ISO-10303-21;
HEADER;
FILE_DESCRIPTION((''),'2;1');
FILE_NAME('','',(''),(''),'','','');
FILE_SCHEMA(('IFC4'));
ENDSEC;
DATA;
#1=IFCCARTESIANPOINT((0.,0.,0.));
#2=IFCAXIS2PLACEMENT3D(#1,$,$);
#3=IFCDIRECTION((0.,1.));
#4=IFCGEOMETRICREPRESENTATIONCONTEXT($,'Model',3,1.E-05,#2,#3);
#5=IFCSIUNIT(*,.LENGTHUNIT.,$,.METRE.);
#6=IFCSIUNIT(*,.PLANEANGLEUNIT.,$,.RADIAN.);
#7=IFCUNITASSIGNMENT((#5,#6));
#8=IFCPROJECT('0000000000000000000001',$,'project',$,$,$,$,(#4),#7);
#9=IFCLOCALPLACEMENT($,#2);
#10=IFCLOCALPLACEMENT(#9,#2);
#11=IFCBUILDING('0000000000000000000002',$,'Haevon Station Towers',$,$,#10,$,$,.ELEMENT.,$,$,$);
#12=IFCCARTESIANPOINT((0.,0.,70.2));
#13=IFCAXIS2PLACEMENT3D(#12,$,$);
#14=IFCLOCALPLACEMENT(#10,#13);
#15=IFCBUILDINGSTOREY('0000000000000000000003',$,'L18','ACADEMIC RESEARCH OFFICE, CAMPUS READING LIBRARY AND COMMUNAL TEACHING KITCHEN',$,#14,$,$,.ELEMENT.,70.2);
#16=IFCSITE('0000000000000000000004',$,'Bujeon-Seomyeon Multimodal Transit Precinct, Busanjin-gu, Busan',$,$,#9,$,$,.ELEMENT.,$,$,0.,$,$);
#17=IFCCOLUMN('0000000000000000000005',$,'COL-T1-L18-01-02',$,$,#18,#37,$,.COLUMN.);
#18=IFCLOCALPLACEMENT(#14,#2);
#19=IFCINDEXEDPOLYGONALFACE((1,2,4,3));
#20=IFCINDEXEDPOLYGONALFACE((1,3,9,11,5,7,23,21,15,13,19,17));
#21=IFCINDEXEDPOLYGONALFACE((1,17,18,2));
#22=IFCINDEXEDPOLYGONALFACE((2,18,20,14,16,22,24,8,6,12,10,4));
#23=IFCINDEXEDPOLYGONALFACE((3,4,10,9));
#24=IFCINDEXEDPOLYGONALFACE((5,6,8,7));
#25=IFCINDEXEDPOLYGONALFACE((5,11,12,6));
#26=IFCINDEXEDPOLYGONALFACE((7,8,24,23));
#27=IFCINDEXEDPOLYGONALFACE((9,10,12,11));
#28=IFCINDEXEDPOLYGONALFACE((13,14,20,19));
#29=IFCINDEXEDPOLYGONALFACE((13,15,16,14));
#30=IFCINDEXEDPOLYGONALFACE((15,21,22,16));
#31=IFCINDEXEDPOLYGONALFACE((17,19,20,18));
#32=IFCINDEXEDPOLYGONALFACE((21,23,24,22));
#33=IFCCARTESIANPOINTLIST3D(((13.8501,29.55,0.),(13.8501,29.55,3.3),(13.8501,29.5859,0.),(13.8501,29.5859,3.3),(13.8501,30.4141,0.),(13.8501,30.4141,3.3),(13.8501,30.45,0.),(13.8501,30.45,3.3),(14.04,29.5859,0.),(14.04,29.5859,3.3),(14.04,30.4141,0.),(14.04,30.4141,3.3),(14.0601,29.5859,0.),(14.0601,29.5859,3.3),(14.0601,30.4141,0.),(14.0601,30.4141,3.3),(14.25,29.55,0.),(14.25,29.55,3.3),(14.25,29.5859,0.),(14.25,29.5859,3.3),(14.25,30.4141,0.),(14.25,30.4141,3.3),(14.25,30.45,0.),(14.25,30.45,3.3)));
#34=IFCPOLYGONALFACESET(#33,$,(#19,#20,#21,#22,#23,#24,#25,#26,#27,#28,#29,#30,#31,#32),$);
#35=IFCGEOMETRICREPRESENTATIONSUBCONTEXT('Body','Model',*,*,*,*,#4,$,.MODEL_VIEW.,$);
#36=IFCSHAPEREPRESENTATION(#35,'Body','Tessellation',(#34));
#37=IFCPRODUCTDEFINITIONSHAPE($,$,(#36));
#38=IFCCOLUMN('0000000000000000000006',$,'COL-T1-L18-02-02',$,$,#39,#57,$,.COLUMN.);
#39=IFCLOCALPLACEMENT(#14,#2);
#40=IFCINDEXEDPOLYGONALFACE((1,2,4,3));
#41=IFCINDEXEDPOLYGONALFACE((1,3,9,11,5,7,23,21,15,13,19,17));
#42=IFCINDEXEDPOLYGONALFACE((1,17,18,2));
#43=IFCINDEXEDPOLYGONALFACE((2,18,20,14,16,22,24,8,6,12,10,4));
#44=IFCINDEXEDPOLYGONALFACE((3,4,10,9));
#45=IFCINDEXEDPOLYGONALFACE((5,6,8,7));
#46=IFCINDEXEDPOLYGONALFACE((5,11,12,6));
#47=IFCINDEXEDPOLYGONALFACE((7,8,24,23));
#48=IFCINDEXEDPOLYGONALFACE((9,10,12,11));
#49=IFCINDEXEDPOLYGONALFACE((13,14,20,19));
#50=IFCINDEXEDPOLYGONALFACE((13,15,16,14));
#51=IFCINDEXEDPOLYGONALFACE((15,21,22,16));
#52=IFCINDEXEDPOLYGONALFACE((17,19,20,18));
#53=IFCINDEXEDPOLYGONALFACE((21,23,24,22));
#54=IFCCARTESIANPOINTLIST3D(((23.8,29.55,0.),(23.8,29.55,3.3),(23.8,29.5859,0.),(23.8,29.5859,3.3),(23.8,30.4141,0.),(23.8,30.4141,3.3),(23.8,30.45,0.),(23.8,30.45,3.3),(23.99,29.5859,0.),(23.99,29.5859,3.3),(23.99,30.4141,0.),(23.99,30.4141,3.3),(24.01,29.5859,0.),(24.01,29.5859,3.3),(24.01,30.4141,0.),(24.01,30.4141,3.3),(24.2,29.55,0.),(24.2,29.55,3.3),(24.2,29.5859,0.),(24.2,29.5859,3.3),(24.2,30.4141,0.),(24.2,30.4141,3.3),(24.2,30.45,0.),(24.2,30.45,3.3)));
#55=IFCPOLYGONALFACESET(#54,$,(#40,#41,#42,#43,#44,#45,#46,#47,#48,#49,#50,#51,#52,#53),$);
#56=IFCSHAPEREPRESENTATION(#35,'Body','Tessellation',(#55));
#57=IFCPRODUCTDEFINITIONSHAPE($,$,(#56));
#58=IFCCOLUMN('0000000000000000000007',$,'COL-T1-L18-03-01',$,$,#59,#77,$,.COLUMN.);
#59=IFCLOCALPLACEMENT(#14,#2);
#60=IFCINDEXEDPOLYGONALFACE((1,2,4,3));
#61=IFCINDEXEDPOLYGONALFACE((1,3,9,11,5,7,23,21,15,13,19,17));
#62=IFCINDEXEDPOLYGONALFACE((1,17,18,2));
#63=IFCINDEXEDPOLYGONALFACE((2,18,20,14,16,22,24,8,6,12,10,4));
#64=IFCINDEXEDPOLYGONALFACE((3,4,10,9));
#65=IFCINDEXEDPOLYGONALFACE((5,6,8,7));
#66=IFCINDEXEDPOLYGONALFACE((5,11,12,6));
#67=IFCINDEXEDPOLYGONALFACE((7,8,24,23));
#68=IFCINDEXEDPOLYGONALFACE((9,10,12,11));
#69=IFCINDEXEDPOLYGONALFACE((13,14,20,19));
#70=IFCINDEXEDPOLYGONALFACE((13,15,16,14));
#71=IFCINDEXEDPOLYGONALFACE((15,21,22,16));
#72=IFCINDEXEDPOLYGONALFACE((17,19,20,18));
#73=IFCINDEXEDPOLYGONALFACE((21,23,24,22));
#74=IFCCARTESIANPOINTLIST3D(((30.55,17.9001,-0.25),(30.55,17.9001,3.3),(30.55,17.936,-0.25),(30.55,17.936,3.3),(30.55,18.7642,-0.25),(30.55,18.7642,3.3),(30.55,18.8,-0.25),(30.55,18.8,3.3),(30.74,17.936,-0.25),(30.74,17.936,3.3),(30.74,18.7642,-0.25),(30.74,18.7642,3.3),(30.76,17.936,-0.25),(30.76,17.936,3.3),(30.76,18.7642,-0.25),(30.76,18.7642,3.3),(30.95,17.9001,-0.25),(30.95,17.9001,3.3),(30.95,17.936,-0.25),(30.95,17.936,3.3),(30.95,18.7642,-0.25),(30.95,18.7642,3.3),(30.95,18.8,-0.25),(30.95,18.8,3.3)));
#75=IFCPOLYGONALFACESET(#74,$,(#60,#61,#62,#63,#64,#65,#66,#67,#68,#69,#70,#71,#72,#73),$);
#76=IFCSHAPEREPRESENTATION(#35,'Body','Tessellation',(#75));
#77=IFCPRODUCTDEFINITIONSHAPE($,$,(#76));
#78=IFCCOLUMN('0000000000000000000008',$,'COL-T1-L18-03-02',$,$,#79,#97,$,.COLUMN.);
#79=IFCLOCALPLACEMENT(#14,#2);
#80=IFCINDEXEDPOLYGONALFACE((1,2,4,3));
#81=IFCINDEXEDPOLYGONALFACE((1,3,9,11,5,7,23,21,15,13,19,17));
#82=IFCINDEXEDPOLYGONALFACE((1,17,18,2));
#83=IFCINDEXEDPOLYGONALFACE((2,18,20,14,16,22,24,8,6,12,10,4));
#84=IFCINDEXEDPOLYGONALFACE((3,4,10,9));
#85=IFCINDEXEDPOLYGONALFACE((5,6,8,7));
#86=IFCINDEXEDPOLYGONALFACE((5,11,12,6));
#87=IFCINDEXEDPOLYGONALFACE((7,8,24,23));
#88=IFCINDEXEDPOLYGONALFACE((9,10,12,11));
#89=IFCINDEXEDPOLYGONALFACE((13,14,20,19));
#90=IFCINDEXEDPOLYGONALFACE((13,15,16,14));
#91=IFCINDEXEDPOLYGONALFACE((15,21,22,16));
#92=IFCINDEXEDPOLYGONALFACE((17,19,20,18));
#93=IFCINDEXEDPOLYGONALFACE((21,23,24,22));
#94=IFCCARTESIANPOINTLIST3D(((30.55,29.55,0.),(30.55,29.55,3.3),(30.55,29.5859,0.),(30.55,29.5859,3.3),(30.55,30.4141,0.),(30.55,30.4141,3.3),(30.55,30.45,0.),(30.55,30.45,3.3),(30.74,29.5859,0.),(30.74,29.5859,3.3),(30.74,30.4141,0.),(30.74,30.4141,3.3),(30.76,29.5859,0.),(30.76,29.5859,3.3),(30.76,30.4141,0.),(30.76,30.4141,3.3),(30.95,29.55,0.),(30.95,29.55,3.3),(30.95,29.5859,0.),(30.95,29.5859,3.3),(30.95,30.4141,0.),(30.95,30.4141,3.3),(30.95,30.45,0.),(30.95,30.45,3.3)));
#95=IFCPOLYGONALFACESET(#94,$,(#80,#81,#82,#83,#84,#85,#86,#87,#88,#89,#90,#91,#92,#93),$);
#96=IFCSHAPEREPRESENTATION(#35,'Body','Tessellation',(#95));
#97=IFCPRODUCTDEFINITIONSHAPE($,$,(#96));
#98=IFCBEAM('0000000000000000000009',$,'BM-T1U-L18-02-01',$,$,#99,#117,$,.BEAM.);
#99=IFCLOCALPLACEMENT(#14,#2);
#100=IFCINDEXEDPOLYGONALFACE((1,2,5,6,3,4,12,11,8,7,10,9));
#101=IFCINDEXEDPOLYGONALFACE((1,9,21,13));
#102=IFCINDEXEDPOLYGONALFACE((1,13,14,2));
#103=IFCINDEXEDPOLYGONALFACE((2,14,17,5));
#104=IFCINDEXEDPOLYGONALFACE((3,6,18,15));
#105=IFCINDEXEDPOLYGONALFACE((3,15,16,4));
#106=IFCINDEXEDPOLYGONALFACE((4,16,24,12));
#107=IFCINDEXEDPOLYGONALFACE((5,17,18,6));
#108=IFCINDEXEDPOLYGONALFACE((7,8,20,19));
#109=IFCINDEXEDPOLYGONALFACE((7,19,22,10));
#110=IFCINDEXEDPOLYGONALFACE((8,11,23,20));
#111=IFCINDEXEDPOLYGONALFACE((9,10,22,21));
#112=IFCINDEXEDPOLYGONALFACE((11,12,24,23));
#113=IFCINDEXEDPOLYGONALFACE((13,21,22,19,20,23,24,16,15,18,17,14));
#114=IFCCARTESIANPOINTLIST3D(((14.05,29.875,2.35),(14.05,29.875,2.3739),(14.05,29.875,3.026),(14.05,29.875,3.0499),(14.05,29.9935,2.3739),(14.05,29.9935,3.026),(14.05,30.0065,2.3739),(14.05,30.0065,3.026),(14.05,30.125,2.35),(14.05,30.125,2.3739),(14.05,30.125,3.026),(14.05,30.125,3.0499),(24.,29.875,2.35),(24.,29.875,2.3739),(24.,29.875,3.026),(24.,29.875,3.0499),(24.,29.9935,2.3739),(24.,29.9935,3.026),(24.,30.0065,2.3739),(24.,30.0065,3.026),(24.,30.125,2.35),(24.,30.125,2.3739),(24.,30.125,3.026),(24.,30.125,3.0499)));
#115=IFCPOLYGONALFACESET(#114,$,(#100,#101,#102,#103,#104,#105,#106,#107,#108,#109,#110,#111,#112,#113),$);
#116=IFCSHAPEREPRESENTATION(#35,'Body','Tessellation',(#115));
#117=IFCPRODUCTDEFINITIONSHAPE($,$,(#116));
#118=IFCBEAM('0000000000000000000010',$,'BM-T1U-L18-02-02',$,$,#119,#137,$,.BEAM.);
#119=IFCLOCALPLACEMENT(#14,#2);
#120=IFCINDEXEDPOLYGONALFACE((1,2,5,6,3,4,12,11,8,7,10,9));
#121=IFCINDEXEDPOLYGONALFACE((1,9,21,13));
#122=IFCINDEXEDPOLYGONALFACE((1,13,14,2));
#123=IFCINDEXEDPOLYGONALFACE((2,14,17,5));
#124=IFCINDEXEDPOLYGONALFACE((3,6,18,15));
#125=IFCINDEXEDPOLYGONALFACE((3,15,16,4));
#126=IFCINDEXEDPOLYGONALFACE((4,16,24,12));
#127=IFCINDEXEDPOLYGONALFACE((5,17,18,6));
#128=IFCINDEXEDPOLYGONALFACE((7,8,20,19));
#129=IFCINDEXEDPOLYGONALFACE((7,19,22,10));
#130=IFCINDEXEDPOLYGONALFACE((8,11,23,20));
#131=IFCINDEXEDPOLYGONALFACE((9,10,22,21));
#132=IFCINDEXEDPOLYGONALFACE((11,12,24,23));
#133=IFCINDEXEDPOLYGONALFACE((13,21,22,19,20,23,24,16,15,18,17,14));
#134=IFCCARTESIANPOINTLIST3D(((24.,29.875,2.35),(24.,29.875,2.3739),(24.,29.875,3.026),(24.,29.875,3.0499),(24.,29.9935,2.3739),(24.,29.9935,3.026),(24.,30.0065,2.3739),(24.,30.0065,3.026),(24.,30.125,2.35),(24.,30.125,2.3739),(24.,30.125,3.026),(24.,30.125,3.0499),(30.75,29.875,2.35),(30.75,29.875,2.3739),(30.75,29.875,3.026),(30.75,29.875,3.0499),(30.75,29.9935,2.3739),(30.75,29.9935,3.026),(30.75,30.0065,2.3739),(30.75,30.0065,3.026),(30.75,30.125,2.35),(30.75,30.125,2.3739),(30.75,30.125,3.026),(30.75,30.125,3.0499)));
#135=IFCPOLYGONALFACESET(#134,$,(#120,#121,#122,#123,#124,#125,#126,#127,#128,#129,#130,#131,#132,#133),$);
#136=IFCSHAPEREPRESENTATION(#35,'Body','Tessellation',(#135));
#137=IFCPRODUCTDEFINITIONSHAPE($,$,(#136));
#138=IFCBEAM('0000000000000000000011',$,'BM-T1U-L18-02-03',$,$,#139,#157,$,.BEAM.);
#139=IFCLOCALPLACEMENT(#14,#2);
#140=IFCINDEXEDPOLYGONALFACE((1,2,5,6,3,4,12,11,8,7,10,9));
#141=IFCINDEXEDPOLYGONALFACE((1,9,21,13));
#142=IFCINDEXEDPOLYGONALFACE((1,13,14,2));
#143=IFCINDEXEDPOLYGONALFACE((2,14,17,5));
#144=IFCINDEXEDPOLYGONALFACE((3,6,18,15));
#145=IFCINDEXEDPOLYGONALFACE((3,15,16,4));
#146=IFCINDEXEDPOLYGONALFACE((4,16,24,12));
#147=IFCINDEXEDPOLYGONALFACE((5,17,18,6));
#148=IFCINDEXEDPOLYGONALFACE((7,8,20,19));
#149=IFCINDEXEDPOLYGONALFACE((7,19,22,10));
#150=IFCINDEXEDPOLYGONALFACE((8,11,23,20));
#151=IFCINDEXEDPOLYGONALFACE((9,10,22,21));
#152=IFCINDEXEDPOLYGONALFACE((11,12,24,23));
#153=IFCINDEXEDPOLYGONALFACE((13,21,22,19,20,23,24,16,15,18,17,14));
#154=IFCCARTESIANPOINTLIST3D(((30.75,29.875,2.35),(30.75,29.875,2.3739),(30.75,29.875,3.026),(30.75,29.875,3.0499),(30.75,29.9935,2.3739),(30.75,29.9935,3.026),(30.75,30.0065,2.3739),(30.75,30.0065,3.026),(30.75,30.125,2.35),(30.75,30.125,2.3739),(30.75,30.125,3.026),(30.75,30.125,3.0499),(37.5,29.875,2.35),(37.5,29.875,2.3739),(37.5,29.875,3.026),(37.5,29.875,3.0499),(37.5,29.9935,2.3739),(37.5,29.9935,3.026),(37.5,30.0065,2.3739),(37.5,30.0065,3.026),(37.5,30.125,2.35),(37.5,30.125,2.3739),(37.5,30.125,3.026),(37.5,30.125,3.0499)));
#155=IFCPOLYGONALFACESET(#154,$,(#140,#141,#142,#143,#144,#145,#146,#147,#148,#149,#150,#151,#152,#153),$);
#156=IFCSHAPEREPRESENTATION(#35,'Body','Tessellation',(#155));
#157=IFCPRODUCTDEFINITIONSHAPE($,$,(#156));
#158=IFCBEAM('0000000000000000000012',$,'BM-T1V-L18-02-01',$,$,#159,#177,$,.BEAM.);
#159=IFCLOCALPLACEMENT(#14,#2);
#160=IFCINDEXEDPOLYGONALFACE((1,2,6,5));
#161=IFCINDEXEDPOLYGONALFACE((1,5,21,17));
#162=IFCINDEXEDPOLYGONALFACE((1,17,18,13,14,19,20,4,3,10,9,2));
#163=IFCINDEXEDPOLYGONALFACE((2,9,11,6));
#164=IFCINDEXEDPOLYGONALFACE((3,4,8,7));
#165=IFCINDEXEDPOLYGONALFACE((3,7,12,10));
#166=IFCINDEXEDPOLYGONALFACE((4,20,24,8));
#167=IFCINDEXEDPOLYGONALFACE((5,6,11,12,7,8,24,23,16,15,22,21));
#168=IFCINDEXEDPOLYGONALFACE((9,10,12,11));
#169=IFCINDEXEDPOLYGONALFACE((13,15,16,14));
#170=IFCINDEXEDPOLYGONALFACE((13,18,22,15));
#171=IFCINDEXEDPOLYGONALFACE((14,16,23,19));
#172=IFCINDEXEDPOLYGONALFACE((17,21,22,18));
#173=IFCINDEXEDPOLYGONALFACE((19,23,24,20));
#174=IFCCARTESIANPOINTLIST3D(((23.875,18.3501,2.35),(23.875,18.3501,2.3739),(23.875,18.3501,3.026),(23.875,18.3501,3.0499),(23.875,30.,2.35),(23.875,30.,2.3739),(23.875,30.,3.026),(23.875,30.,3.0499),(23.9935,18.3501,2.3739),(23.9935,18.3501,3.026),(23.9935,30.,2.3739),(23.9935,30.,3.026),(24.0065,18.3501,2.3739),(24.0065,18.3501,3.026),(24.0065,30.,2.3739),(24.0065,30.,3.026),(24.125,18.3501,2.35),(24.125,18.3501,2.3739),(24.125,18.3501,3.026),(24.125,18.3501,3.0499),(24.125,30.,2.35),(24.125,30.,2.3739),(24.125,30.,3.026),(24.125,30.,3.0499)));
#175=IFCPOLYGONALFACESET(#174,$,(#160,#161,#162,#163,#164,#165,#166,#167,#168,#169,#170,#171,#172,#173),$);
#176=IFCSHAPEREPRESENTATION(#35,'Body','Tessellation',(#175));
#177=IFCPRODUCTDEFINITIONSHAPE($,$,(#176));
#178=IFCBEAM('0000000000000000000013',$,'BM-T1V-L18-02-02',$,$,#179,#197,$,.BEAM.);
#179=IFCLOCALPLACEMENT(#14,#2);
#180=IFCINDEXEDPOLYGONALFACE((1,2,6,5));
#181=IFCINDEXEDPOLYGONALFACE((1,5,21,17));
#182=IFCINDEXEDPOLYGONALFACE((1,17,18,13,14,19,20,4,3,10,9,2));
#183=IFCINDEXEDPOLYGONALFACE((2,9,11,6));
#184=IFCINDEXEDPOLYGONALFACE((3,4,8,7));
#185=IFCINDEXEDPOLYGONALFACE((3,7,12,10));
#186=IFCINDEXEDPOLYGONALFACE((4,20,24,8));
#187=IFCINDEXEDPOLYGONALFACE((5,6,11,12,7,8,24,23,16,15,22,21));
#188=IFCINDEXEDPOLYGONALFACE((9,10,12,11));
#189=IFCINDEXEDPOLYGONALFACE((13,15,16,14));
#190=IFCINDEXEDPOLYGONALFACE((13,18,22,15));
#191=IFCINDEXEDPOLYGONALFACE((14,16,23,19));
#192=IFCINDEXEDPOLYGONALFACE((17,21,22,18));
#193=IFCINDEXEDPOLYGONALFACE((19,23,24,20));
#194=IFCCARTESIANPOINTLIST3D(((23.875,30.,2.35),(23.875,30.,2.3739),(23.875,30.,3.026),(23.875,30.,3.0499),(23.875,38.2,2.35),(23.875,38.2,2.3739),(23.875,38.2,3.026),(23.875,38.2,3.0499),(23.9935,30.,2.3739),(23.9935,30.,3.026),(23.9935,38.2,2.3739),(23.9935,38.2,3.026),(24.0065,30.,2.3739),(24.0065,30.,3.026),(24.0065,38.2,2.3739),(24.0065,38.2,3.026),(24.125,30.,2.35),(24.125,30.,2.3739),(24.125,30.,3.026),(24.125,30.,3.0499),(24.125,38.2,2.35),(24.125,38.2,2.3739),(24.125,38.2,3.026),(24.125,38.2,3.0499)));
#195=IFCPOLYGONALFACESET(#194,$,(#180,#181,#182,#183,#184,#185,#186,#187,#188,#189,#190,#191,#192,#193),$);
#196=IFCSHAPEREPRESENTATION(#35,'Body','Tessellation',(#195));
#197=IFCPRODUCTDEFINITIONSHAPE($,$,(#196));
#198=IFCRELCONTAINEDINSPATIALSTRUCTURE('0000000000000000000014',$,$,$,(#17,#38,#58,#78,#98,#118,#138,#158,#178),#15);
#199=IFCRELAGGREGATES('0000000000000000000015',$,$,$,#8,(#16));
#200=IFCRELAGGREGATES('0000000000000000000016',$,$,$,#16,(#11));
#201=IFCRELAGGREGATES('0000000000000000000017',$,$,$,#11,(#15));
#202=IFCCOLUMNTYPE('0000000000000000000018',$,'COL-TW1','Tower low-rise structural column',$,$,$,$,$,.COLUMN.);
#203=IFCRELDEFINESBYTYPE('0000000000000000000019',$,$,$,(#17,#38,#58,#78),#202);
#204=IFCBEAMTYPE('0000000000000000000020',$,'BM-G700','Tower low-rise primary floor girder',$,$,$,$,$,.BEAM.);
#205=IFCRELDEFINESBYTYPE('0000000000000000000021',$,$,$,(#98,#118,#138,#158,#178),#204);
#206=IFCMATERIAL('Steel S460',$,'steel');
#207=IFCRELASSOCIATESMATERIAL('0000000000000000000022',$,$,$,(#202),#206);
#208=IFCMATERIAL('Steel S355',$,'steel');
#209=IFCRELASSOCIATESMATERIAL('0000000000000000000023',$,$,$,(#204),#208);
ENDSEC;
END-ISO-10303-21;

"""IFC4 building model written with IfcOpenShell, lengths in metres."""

from ifc_helpers import new_model, si_unit, direction, frame, origin, origin_2d, place, context, subcontext, project, spatial, i_section, extrude, material, material_profile, profile_set, type_object, element, save


model = new_model("IFC4")

# Units and contexts
model_context = context("Model", 3, precision=1e-05, world=origin(), true_north=direction((0.0, 1.0)))
body_context = subcontext(model_context, "Body", "Model", "MODEL_VIEW")
ifc_project = project(units=[si_unit("LENGTHUNIT", "METRE"), si_unit("PLANEANGLEUNIT", "RADIAN")], contexts=[model_context])

# Site, building, storey
site_placement = place(None, origin())
site = spatial("IfcSite", under=ifc_project, at=site_placement, Name="Bujeon-Seomyeon Multimodal Transit Precinct, Busanjin-gu, Busan", CompositionType="ELEMENT", RefElevation=0.0)
building_placement = place(site_placement, origin())
building = spatial("IfcBuilding", under=site, at=building_placement, Name="Haevon Station Towers", CompositionType="ELEMENT")
storey_placement = place(building_placement, frame((0.0, 0.0, 70.2)))
storey = spatial("IfcBuildingStorey", under=building, at=storey_placement, Name="L18", Description="ACADEMIC RESEARCH OFFICE, CAMPUS READING LIBRARY AND COMMUNAL TEACHING KITCHEN", CompositionType="ELEMENT", Elevation=70.2)

# Columns
ifc_material_1 = material(Name="Steel S460", Category="steel")
ifc_material_profile_1 = material_profile(ifc_material_1, i_section(OverallWidth=0.3999, OverallDepth=0.8999, WebThickness=0.02, FlangeThickness=0.0359, at=origin_2d()), Name="H-900x400x20x36")
ifc_profile_set_1 = profile_set([ifc_material_profile_1], Name="Steel S460")
column_type = type_object("IfcColumnType", Name="COL-TW1", Description="Tower low-rise structural column", PredefinedType="COLUMN", material=ifc_profile_set_1)
for number, where, z_axis, x_axis, name in (
    (1, (14.05, 30.0, 0.0), (0.0, 0.0, 1.0), (1.0, 0.0, 0.0), "COL-T1-L18-01-02"),
    (2, (24.0, 30.0, 0.0), (0.0, 0.0, 1.0), (1.0, 0.0, 0.0), "COL-T1-L18-02-02"),
):
    element("IfcColumn", number, at=place(storey_placement, frame(where, z_axis=z_axis, x_axis=x_axis)), inside=storey, type_object=column_type, Name=name, PredefinedType="COLUMN", context=body_context, shape_type="SweptSolid", body=[
        extrude(i_section(OverallWidth=0.3999, OverallDepth=0.8999, WebThickness=0.02, FlangeThickness=0.0359, at=origin_2d()), origin(), (0.0, 0.0, 1.0), 3.3),
    ])
column_1_placement = place(storey_placement, frame((30.75, 18.3501, -0.25), z_axis=(0.0, 0.0, 1.0), x_axis=(1.0, 0.0, 0.0)))
element("IfcColumn", 3, at=column_1_placement, inside=storey, type_object=column_type, Name="COL-T1-L18-03-01", PredefinedType="COLUMN", context=body_context, shape_type="SweptSolid", body=[
    extrude(i_section(OverallWidth=0.3999, OverallDepth=0.8999, WebThickness=0.02, FlangeThickness=0.0359, at=origin_2d()), origin(), (0.0, 0.0, 1.0), 3.55),
])
column_2_placement = place(storey_placement, frame((30.75, 30.0, 0.0), z_axis=(0.0, 0.0, 1.0), x_axis=(1.0, 0.0, 0.0)))
element("IfcColumn", 4, at=column_2_placement, inside=storey, type_object=column_type, Name="COL-T1-L18-03-02", PredefinedType="COLUMN", context=body_context, shape_type="SweptSolid", body=[
    extrude(i_section(OverallWidth=0.3999, OverallDepth=0.8999, WebThickness=0.02, FlangeThickness=0.0359, at=origin_2d()), origin(), (0.0, 0.0, 1.0), 3.3),
])

# Beams
ifc_material_2 = material(Name="Steel S355", Category="steel")
ifc_material_profile_2 = material_profile(ifc_material_2, i_section(OverallWidth=0.25, OverallDepth=0.7, WebThickness=0.0129, FlangeThickness=0.0239, at=origin_2d()), Name="H-700x250x13x24")
ifc_profile_set_2 = profile_set([ifc_material_profile_2], Name="Steel S355")
beam_type_1 = type_object("IfcBeamType", Name="BM-G700", Description="Tower low-rise primary floor girder", PredefinedType="BEAM", material=ifc_profile_set_2)
beam_1_placement = place(storey_placement, frame((14.05, 30.0, 2.7), z_axis=(1.0, 0.0, 0.0), x_axis=(0.0, 1.0, 0.0)))
element("IfcBeam", 5, at=beam_1_placement, inside=storey, type_object=beam_type_1, Name="BM-T1U-L18-02-01", PredefinedType="BEAM", context=body_context, shape_type="SweptSolid", body=[
    extrude(i_section(OverallWidth=0.25, OverallDepth=0.7, WebThickness=0.0129, FlangeThickness=0.0239, at=origin_2d()), origin(), (0.0, 0.0, 1.0), 9.95),
])
for number, where, z_axis, x_axis, name in (
    (6, (24.0, 30.0, 2.7), (1.0, 0.0, 0.0), (0.0, 1.0, 0.0), "BM-T1U-L18-02-02"),
    (7, (30.75, 30.0, 2.7), (1.0, 0.0, 0.0), (0.0, 1.0, 0.0), "BM-T1U-L18-02-03"),
):
    element("IfcBeam", number, at=place(storey_placement, frame(where, z_axis=z_axis, x_axis=x_axis)), inside=storey, type_object=beam_type_1, Name=name, PredefinedType="BEAM", context=body_context, shape_type="SweptSolid", body=[
        extrude(i_section(OverallWidth=0.25, OverallDepth=0.7, WebThickness=0.0129, FlangeThickness=0.0239, at=origin_2d()), origin(), (0.0, 0.0, 1.0), 6.75),
    ])
beam_2_placement = place(storey_placement, frame((24.0, 18.3501, 2.7), z_axis=(0.0, 1.0, 0.0), x_axis=(-1.0, 0.0, 0.0)))
element("IfcBeam", 8, at=beam_2_placement, inside=storey, type_object=beam_type_1, Name="BM-T1V-L18-02-01", PredefinedType="BEAM", context=body_context, shape_type="SweptSolid", body=[
    extrude(i_section(OverallWidth=0.25, OverallDepth=0.7, WebThickness=0.0129, FlangeThickness=0.0239, at=origin_2d()), origin(), (0.0, 0.0, 1.0), 11.6499),
])
beam_3_placement = place(storey_placement, frame((24.0, 30.0, 2.7), z_axis=(0.0, 1.0, 0.0), x_axis=(-1.0, 0.0, 0.0)))
element("IfcBeam", 9, at=beam_3_placement, inside=storey, type_object=beam_type_1, Name="BM-T1V-L18-02-02", PredefinedType="BEAM", context=body_context, shape_type="SweptSolid", body=[
    extrude(i_section(OverallWidth=0.25, OverallDepth=0.7, WebThickness=0.0129, FlangeThickness=0.0239, at=origin_2d()), origin(), (0.0, 0.0, 1.0), 8.2),
])

save(model, "model.ifc")
